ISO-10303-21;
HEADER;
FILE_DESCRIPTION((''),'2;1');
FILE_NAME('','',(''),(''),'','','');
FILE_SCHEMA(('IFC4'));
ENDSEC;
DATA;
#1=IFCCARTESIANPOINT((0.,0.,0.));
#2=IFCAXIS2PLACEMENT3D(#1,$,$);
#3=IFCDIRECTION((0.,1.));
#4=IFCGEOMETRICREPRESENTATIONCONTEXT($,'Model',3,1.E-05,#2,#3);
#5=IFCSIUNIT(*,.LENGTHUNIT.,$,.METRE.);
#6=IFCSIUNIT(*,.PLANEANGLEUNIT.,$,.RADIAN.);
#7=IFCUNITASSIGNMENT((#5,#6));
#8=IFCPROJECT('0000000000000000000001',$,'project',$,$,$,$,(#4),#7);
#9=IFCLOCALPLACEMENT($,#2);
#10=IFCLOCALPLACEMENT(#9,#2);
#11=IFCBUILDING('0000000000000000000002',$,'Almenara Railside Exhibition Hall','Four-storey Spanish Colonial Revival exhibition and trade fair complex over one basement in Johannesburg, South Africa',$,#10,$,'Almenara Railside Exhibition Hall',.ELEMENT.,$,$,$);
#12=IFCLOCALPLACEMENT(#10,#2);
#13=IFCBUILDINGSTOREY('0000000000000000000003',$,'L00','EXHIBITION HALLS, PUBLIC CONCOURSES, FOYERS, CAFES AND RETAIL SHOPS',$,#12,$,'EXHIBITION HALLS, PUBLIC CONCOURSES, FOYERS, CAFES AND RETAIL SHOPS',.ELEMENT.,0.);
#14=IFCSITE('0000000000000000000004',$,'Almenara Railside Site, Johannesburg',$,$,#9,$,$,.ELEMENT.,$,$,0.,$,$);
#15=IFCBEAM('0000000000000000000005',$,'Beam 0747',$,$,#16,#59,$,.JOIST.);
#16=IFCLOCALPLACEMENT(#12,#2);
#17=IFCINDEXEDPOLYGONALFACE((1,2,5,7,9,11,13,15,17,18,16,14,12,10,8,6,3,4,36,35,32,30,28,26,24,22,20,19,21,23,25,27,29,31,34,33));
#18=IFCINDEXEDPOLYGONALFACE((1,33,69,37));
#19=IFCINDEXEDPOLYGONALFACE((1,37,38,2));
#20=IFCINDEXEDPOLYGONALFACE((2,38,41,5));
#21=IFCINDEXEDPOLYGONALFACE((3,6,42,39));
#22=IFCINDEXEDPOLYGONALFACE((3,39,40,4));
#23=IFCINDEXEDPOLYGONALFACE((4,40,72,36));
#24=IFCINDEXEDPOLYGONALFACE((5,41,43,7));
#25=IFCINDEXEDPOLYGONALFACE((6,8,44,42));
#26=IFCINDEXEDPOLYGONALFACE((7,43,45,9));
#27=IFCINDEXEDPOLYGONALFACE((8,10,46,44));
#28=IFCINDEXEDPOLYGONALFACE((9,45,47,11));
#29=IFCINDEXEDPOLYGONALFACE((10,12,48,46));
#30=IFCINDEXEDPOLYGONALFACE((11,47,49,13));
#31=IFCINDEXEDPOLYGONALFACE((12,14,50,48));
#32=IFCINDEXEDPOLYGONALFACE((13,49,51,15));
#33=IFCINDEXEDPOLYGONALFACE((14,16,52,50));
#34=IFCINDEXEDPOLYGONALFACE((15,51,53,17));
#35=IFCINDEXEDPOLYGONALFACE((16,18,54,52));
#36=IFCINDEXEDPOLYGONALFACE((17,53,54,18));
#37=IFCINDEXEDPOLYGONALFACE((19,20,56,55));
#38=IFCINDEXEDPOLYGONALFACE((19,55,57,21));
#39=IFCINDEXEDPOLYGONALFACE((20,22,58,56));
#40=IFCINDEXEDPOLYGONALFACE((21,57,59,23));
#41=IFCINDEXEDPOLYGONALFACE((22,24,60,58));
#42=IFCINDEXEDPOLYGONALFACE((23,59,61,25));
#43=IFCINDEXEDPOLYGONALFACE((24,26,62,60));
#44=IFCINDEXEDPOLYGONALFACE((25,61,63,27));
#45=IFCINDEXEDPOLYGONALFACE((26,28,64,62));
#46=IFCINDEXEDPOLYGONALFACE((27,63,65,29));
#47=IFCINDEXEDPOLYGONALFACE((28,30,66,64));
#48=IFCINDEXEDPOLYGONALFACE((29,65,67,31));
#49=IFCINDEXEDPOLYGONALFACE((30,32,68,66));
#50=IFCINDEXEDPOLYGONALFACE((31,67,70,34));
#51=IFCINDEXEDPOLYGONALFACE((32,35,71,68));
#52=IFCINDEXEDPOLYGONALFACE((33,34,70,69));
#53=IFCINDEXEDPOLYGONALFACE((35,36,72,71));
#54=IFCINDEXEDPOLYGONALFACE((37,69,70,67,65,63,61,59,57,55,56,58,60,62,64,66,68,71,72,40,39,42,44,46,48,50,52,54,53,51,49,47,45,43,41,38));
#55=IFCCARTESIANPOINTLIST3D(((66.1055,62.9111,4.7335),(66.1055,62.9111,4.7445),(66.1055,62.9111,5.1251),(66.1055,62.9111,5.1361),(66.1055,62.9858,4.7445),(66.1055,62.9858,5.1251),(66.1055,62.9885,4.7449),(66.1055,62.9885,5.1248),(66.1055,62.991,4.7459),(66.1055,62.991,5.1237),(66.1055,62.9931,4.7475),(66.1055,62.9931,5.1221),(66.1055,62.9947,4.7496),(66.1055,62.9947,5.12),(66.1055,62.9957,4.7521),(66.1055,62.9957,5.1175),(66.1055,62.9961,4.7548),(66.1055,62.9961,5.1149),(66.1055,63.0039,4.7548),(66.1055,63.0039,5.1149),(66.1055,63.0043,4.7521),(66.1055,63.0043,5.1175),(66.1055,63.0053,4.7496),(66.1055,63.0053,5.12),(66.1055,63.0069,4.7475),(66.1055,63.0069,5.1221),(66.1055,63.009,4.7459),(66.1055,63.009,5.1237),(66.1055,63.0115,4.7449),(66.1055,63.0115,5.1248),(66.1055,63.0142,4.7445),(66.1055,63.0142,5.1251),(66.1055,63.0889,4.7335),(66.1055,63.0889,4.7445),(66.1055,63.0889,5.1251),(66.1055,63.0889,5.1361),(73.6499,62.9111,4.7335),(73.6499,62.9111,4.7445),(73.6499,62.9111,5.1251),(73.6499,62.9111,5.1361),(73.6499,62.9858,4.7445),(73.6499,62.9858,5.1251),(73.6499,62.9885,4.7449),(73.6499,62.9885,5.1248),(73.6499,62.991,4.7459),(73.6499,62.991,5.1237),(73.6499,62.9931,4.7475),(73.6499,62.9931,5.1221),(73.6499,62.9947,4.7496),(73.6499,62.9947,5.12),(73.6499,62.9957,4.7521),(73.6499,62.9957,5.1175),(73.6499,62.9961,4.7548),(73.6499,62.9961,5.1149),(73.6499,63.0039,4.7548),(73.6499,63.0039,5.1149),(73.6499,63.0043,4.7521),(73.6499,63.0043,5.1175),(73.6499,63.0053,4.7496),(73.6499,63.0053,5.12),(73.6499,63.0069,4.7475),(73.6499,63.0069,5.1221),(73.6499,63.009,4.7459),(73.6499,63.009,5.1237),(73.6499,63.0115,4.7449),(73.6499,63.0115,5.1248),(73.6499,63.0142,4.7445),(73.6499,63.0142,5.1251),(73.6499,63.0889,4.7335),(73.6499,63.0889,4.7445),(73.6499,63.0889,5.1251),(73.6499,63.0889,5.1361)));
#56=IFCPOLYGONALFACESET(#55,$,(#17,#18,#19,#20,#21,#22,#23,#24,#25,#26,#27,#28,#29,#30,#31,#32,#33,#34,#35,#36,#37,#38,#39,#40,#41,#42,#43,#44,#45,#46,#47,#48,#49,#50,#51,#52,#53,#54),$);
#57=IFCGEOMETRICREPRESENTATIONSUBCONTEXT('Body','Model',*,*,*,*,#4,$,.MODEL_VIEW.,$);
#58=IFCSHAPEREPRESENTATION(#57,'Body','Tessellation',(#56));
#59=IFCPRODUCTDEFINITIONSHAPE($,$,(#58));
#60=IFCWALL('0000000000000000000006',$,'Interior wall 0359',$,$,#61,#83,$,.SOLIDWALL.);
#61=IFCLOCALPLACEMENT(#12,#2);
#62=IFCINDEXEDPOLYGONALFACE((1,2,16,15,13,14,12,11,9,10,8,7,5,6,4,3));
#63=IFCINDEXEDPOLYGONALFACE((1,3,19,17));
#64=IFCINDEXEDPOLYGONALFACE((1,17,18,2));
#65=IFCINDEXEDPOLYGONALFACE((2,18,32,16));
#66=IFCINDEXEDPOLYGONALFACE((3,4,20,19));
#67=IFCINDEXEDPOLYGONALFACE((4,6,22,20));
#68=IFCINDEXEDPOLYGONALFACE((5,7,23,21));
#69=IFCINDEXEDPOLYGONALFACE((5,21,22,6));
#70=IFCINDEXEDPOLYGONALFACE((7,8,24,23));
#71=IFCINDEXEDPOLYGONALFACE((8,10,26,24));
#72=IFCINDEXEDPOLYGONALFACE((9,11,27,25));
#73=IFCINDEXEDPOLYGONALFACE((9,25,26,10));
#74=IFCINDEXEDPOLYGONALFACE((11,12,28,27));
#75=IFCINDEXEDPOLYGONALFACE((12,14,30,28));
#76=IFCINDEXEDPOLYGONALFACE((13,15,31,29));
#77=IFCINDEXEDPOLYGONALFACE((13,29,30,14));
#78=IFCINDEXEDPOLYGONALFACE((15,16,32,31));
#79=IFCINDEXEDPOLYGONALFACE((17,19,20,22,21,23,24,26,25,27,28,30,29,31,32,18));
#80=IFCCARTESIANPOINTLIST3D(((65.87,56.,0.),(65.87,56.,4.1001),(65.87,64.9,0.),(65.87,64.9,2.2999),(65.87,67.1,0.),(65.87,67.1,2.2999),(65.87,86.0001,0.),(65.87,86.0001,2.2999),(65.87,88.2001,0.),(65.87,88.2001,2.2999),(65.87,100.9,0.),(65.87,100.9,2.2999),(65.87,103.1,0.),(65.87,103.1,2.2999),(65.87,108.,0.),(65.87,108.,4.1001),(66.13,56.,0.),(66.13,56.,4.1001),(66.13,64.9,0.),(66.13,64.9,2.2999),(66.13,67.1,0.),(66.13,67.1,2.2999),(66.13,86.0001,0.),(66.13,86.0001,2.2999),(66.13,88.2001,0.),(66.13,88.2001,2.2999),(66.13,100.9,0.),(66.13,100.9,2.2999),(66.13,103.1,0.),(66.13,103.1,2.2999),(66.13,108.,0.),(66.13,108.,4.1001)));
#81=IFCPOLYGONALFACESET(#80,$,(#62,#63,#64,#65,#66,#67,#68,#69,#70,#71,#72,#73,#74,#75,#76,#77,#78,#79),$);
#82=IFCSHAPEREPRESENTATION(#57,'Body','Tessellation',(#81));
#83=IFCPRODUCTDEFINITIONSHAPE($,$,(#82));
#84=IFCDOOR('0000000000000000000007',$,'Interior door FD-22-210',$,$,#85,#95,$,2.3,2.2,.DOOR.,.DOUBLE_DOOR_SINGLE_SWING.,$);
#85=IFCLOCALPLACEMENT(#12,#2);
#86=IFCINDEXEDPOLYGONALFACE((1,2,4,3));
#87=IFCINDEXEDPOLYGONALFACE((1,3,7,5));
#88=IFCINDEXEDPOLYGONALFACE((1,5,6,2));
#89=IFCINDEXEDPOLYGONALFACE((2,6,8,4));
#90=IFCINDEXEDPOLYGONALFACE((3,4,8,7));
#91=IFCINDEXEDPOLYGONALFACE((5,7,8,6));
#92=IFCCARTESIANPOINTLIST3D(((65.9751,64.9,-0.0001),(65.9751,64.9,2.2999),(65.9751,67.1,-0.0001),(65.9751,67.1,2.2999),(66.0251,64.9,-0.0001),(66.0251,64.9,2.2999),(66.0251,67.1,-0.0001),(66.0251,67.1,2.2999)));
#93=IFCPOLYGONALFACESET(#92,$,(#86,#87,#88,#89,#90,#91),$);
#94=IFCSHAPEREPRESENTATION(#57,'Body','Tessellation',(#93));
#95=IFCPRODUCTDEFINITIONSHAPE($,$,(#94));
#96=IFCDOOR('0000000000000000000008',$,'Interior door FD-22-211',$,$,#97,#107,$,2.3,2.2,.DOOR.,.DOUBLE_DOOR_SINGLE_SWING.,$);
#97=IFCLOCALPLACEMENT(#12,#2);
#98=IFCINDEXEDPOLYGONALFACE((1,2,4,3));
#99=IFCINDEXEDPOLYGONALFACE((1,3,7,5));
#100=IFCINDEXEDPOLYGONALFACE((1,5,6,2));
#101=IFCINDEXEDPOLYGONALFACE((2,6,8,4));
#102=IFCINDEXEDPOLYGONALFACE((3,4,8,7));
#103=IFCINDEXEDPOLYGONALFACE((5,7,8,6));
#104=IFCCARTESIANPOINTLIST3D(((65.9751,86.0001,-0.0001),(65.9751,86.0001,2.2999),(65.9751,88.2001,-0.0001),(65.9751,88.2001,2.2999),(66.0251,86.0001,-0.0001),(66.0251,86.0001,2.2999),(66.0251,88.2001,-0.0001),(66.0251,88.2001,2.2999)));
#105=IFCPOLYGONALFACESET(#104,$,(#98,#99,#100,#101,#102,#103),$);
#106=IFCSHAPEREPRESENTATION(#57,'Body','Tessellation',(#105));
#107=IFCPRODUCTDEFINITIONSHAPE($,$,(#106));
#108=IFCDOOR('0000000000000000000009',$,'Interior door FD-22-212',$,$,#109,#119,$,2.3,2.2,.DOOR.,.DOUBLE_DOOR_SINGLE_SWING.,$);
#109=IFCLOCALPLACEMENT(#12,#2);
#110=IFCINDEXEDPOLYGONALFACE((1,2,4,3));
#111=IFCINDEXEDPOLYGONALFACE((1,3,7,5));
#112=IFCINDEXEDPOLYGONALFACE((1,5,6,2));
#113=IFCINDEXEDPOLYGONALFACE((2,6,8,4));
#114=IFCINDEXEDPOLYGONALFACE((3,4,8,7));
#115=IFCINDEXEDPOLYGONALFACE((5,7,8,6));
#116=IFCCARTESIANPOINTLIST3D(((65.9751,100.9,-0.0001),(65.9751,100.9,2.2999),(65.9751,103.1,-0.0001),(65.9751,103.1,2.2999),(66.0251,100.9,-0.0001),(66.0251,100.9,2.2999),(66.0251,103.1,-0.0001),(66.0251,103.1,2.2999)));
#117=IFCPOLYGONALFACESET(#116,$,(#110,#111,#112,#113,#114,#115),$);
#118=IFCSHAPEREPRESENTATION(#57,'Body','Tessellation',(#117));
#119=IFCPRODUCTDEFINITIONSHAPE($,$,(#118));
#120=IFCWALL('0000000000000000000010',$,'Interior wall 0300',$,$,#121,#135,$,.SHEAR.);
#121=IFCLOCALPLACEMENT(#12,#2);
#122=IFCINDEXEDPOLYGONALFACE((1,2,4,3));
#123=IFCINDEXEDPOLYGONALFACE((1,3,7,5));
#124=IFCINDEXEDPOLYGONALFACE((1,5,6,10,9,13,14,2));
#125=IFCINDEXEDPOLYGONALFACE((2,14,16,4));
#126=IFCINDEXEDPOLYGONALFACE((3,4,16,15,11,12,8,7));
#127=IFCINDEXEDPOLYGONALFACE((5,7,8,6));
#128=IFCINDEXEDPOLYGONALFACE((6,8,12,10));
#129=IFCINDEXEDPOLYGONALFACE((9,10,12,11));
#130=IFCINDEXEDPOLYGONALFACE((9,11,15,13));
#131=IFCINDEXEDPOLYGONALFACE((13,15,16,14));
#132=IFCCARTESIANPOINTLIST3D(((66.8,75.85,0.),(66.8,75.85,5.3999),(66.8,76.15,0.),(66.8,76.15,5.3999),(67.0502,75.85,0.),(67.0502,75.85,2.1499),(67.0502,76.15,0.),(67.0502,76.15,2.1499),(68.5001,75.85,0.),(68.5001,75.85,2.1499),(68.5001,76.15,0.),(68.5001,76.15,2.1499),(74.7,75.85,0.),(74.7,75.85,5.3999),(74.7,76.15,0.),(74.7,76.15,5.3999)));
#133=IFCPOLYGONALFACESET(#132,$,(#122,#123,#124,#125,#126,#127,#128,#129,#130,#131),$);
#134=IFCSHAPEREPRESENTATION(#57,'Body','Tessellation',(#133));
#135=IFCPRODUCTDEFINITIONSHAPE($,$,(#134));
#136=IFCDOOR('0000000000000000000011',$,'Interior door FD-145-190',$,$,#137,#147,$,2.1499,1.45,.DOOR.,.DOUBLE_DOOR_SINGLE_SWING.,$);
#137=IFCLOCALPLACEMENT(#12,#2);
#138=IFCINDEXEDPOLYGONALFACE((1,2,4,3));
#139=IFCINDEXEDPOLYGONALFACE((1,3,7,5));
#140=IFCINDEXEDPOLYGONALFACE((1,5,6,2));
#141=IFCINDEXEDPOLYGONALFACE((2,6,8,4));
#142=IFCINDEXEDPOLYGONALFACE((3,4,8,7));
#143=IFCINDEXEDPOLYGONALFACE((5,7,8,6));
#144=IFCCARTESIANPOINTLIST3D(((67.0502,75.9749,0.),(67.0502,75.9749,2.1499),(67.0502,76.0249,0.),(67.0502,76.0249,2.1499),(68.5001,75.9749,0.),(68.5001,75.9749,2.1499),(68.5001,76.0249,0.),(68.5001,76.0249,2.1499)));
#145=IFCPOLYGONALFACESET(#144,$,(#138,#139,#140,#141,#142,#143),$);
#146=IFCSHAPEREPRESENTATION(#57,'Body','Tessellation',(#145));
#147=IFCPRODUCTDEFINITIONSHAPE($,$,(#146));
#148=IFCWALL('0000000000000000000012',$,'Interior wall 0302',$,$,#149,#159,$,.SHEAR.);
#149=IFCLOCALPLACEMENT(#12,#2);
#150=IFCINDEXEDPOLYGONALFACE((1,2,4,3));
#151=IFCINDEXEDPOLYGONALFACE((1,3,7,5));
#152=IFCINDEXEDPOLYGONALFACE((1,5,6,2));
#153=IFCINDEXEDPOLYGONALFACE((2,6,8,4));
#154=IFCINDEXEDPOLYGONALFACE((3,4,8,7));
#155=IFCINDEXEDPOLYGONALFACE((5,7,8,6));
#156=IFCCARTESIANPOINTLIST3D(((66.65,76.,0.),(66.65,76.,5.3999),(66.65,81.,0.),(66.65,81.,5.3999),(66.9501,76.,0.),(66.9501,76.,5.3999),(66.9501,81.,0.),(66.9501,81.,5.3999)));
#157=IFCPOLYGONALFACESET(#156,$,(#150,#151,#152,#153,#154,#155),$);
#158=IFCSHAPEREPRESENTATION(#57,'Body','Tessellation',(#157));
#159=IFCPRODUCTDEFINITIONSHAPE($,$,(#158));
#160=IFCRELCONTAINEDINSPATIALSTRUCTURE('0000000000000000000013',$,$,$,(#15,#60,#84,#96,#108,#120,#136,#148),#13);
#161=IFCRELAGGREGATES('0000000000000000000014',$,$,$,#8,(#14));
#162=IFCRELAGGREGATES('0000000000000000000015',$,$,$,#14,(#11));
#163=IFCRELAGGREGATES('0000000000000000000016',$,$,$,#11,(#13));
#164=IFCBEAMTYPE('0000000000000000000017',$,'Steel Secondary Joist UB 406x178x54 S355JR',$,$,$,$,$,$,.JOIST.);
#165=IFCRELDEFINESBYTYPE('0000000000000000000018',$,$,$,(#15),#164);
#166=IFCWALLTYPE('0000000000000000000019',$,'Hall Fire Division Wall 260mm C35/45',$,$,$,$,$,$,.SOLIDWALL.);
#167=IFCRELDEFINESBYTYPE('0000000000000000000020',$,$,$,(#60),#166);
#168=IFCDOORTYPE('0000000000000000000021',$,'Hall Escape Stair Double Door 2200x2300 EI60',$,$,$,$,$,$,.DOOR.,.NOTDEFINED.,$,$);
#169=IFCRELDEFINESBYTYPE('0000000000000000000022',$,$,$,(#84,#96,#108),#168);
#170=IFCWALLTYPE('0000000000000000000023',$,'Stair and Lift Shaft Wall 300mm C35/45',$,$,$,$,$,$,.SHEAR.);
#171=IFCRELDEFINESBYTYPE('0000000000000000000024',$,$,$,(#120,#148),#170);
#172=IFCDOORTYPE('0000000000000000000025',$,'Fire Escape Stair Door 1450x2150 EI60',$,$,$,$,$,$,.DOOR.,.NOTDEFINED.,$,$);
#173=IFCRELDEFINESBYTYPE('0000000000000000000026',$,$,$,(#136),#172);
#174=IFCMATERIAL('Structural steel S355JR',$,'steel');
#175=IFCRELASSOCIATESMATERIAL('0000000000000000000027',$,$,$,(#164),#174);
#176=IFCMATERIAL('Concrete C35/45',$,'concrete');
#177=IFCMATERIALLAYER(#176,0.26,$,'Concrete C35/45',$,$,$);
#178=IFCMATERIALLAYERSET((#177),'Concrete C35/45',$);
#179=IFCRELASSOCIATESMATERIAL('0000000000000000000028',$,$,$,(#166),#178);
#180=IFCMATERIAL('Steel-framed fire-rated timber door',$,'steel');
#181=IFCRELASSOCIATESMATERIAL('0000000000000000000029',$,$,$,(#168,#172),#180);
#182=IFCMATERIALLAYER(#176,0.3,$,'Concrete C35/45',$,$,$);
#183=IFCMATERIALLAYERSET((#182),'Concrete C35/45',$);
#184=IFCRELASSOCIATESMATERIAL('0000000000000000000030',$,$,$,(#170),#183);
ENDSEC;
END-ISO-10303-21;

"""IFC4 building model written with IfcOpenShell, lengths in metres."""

from ifc_helpers import new_model, si_unit, direction, frame, frame_2d, origin, origin_2d, place, context, subcontext, project, spatial, rectangle, i_section, extrude, material, layer, layer_set, material_profile, profile_set, type_object, element, fill, save


model = new_model("IFC4")

# Units and contexts
model_context = context("Model", 3, precision=1e-05, world=origin(), true_north=direction((0.0, 1.0)))
body_context = subcontext(model_context, "Body", "Model", "MODEL_VIEW")
ifc_project = project(units=[si_unit("LENGTHUNIT", "METRE"), si_unit("PLANEANGLEUNIT", "RADIAN")], contexts=[model_context])

# Site, building, storey
site_placement = place(None, origin())
site = spatial("IfcSite", under=ifc_project, at=site_placement, Name="Almenara Railside Site, Johannesburg", CompositionType="ELEMENT", RefElevation=0.0)
building_placement = place(site_placement, origin())
building = spatial("IfcBuilding", under=site, at=building_placement, Name="Almenara Railside Exhibition Hall", Description="Four-storey Spanish Colonial Revival exhibition and trade fair complex over one basement in Johannesburg, South Africa", LongName="Almenara Railside Exhibition Hall", CompositionType="ELEMENT")
storey_placement = place(building_placement, origin())
storey = spatial("IfcBuildingStorey", under=building, at=storey_placement, Name="L00", Description="EXHIBITION HALLS, PUBLIC CONCOURSES, FOYERS, CAFES AND RETAIL SHOPS", LongName="EXHIBITION HALLS, PUBLIC CONCOURSES, FOYERS, CAFES AND RETAIL SHOPS", CompositionType="ELEMENT", Elevation=0.0)

# Shared definitions
ifc_material_1 = material(Name="Concrete C35/45", Category="concrete")

# Beam
ifc_material_2 = material(Name="Structural steel S355JR", Category="steel")
ifc_material_profile_1 = material_profile(ifc_material_2, i_section(OverallWidth=0.1777, OverallDepth=0.4026, WebThickness=0.0078, FlangeThickness=0.011, FilletRadius=0.0103, at=origin_2d()), Name="UB 406x178x54")
ifc_profile_set_1 = profile_set([ifc_material_profile_1], Name="Structural steel S355JR")
beam_type_1 = type_object("IfcBeamType", Name="Steel Secondary Joist UB 406x178x54 S355JR", PredefinedType="JOIST", material=ifc_profile_set_1)
beam_1_placement = place(storey_placement, frame((66.1055, 63.0, 4.9348), z_axis=(1.0, 0.0, 0.0), x_axis=(0.0, 1.0, 0.0)))
element("IfcBeam", 1, at=beam_1_placement, inside=storey, type_object=beam_type_1, Name="Beam 0747", PredefinedType="JOIST", context=body_context, shape_type="SweptSolid", body=[
    extrude(i_section(OverallWidth=0.1777, OverallDepth=0.4026, WebThickness=0.0078, FlangeThickness=0.011, FilletRadius=0.0103, at=origin_2d()), origin(), (0.0, 0.0, 1.0), 7.5444),
])

# Wall, openings, doors
ifc_layer_1 = layer(ifc_material_1, 0.26, Name="Concrete C35/45")
ifc_layer_set_1 = layer_set([ifc_layer_1], Name="Concrete C35/45")
wall_type_1 = type_object("IfcWallType", Name="Hall Fire Division Wall 260mm C35/45", PredefinedType="SOLIDWALL", material=ifc_layer_set_1)
wall_1_placement = place(storey_placement, frame((66.0, 56.0, 0.0), z_axis=(0.0, 0.0, 1.0), x_axis=(0.0, 1.0, 0.0)))
wall_1 = element("IfcWall", 2, at=wall_1_placement, inside=storey, type_object=wall_type_1, Name="Interior wall 0359", PredefinedType="SOLIDWALL", context=body_context, shape_type="SweptSolid", body=[
    extrude(rectangle(XDim=52.0, YDim=0.26, at=frame_2d((26.0, 0.0))), origin(), (0.0, 0.0, 1.0), 4.1001),
])
opening_1_placement = place(wall_1_placement, frame((8.8999, 0.0, 0.0)))
opening_1 = element("IfcOpeningElement", 3, at=opening_1_placement, cuts=wall_1, PredefinedType="OPENING", context=body_context, shape_type="SweptSolid", body=[
    extrude(rectangle(XDim=2.2, YDim=2.3, at=frame_2d((1.1001, 1.1499))), frame((0.0, 0.1399, 0.0), z_axis=(0.0, -1.0, 0.0), x_axis=(1.0, 0.0, 0.0)), (0.0, 0.0, 1.0), 0.28),
])
opening_2_placement = place(wall_1_placement, frame((30.0, 0.0, 0.0)))
opening_2 = element("IfcOpeningElement", 4, at=opening_2_placement, cuts=wall_1, PredefinedType="OPENING", context=body_context, shape_type="SweptSolid", body=[
    extrude(rectangle(XDim=2.2, YDim=2.3, at=frame_2d((1.1001, 1.1499))), frame((0.0, 0.1399, 0.0), z_axis=(0.0, -1.0, 0.0), x_axis=(1.0, 0.0, 0.0)), (0.0, 0.0, 1.0), 0.28),
])
opening_3_placement = place(wall_1_placement, frame((44.8999, 0.0, 0.0)))
opening_3 = element("IfcOpeningElement", 5, at=opening_3_placement, cuts=wall_1, PredefinedType="OPENING", context=body_context, shape_type="SweptSolid", body=[
    extrude(rectangle(XDim=2.2, YDim=2.3, at=frame_2d((1.1001, 1.1499))), frame((0.0, 0.1399, 0.0), z_axis=(0.0, -1.0, 0.0), x_axis=(1.0, 0.0, 0.0)), (0.0, 0.0, 1.0), 0.28),
])
ifc_material_3 = material(Name="Steel-framed fire-rated timber door", Category="steel")
door_type_1 = type_object("IfcDoorType", Name="Hall Escape Stair Double Door 2200x2300 EI60", OperationType="NOTDEFINED", PredefinedType="DOOR", material=ifc_material_3)
door_1_placement = place(opening_1_placement, origin())
door_1 = element("IfcDoor", 6, at=door_1_placement, inside=storey, type_object=door_type_1, Name="Interior door FD-22-210", OperationType="DOUBLE_DOOR_SINGLE_SWING", OverallHeight=2.3, OverallWidth=2.2, PredefinedType="DOOR", context=body_context, shape_type="SweptSolid", body=[
    extrude(rectangle(XDim=2.2, YDim=2.3, at=frame_2d((1.1001, 1.1499))), frame((0.0, 0.0249, 0.0), z_axis=(0.0, -1.0, 0.0), x_axis=(1.0, 0.0, 0.0)), (0.0, 0.0, 1.0), 0.05),
])
fill(opening_1, door_1)
door_2_placement = place(opening_2_placement, origin())
door_2 = element("IfcDoor", 7, at=door_2_placement, inside=storey, type_object=door_type_1, Name="Interior door FD-22-211", OperationType="DOUBLE_DOOR_SINGLE_SWING", OverallHeight=2.3, OverallWidth=2.2, PredefinedType="DOOR", context=body_context, shape_type="SweptSolid", body=[
    extrude(rectangle(XDim=2.2, YDim=2.3, at=frame_2d((1.1001, 1.1499))), frame((0.0, 0.0249, 0.0), z_axis=(0.0, -1.0, 0.0), x_axis=(1.0, 0.0, 0.0)), (0.0, 0.0, 1.0), 0.05),
])
fill(opening_2, door_2)
door_3_placement = place(opening_3_placement, origin())
door_3 = element("IfcDoor", 8, at=door_3_placement, inside=storey, type_object=door_type_1, Name="Interior door FD-22-212", OperationType="DOUBLE_DOOR_SINGLE_SWING", OverallHeight=2.3, OverallWidth=2.2, PredefinedType="DOOR", context=body_context, shape_type="SweptSolid", body=[
    extrude(rectangle(XDim=2.2, YDim=2.3, at=frame_2d((1.1001, 1.1499))), frame((0.0, 0.0249, 0.0), z_axis=(0.0, -1.0, 0.0), x_axis=(1.0, 0.0, 0.0)), (0.0, 0.0, 1.0), 0.05),
])
fill(opening_3, door_3)

# Wall, opening, door
ifc_layer_2 = layer(ifc_material_1, 0.3, Name="Concrete C35/45")
ifc_layer_set_2 = layer_set([ifc_layer_2], Name="Concrete C35/45")
wall_type_2 = type_object("IfcWallType", Name="Stair and Lift Shaft Wall 300mm C35/45", PredefinedType="SHEAR", material=ifc_layer_set_2)
wall_2_placement = place(storey_placement, frame((66.8, 76.0, 0.0), z_axis=(0.0, 0.0, 1.0), x_axis=(1.0, 0.0, 0.0)))
wall_2 = element("IfcWall", 9, at=wall_2_placement, inside=storey, type_object=wall_type_2, Name="Interior wall 0300", PredefinedType="SHEAR", context=body_context, shape_type="SweptSolid", body=[
    extrude(rectangle(XDim=7.8999, YDim=0.3, at=frame_2d((3.95, 0.0))), origin(), (0.0, 0.0, 1.0), 5.3999),
])
opening_4_placement = place(wall_2_placement, frame((0.25, 0.0, 0.0)))
opening_4 = element("IfcOpeningElement", 10, at=opening_4_placement, cuts=wall_2, PredefinedType="OPENING", context=body_context, shape_type="SweptSolid", body=[
    extrude(rectangle(XDim=1.45, YDim=2.1499, at=frame_2d((0.7251, 1.075))), frame((0.0, 0.1599, 0.0), z_axis=(0.0, -1.0, 0.0), x_axis=(1.0, 0.0, 0.0)), (0.0, 0.0, 1.0), 0.3201),
])
door_type_2 = type_object("IfcDoorType", Name="Fire Escape Stair Door 1450x2150 EI60", OperationType="NOTDEFINED", PredefinedType="DOOR", material=ifc_material_3)
door_4_placement = place(opening_4_placement, origin())
door_4 = element("IfcDoor", 11, at=door_4_placement, inside=storey, type_object=door_type_2, Name="Interior door FD-145-190", OperationType="DOUBLE_DOOR_SINGLE_SWING", OverallHeight=2.1499, OverallWidth=1.45, PredefinedType="DOOR", context=body_context, shape_type="SweptSolid", body=[
    extrude(rectangle(XDim=1.45, YDim=2.1499, at=frame_2d((0.7251, 1.075))), frame((0.0, 0.0249, 0.0), z_axis=(0.0, -1.0, 0.0), x_axis=(1.0, 0.0, 0.0)), (0.0, 0.0, 1.0), 0.05),
])
fill(opening_4, door_4)

# Wall
wall_3_placement = place(storey_placement, frame((66.8, 81.0, 0.0), z_axis=(0.0, 0.0, 1.0), x_axis=(0.0, -1.0, 0.0)))
element("IfcWall", 12, at=wall_3_placement, inside=storey, type_object=wall_type_2, Name="Interior wall 0302", PredefinedType="SHEAR", context=body_context, shape_type="SweptSolid", body=[
    extrude(rectangle(XDim=5.0, YDim=0.3, at=frame_2d((2.5, 0.0))), origin(), (0.0, 0.0, 1.0), 5.3999),
])

save(model, "model.ifc")
